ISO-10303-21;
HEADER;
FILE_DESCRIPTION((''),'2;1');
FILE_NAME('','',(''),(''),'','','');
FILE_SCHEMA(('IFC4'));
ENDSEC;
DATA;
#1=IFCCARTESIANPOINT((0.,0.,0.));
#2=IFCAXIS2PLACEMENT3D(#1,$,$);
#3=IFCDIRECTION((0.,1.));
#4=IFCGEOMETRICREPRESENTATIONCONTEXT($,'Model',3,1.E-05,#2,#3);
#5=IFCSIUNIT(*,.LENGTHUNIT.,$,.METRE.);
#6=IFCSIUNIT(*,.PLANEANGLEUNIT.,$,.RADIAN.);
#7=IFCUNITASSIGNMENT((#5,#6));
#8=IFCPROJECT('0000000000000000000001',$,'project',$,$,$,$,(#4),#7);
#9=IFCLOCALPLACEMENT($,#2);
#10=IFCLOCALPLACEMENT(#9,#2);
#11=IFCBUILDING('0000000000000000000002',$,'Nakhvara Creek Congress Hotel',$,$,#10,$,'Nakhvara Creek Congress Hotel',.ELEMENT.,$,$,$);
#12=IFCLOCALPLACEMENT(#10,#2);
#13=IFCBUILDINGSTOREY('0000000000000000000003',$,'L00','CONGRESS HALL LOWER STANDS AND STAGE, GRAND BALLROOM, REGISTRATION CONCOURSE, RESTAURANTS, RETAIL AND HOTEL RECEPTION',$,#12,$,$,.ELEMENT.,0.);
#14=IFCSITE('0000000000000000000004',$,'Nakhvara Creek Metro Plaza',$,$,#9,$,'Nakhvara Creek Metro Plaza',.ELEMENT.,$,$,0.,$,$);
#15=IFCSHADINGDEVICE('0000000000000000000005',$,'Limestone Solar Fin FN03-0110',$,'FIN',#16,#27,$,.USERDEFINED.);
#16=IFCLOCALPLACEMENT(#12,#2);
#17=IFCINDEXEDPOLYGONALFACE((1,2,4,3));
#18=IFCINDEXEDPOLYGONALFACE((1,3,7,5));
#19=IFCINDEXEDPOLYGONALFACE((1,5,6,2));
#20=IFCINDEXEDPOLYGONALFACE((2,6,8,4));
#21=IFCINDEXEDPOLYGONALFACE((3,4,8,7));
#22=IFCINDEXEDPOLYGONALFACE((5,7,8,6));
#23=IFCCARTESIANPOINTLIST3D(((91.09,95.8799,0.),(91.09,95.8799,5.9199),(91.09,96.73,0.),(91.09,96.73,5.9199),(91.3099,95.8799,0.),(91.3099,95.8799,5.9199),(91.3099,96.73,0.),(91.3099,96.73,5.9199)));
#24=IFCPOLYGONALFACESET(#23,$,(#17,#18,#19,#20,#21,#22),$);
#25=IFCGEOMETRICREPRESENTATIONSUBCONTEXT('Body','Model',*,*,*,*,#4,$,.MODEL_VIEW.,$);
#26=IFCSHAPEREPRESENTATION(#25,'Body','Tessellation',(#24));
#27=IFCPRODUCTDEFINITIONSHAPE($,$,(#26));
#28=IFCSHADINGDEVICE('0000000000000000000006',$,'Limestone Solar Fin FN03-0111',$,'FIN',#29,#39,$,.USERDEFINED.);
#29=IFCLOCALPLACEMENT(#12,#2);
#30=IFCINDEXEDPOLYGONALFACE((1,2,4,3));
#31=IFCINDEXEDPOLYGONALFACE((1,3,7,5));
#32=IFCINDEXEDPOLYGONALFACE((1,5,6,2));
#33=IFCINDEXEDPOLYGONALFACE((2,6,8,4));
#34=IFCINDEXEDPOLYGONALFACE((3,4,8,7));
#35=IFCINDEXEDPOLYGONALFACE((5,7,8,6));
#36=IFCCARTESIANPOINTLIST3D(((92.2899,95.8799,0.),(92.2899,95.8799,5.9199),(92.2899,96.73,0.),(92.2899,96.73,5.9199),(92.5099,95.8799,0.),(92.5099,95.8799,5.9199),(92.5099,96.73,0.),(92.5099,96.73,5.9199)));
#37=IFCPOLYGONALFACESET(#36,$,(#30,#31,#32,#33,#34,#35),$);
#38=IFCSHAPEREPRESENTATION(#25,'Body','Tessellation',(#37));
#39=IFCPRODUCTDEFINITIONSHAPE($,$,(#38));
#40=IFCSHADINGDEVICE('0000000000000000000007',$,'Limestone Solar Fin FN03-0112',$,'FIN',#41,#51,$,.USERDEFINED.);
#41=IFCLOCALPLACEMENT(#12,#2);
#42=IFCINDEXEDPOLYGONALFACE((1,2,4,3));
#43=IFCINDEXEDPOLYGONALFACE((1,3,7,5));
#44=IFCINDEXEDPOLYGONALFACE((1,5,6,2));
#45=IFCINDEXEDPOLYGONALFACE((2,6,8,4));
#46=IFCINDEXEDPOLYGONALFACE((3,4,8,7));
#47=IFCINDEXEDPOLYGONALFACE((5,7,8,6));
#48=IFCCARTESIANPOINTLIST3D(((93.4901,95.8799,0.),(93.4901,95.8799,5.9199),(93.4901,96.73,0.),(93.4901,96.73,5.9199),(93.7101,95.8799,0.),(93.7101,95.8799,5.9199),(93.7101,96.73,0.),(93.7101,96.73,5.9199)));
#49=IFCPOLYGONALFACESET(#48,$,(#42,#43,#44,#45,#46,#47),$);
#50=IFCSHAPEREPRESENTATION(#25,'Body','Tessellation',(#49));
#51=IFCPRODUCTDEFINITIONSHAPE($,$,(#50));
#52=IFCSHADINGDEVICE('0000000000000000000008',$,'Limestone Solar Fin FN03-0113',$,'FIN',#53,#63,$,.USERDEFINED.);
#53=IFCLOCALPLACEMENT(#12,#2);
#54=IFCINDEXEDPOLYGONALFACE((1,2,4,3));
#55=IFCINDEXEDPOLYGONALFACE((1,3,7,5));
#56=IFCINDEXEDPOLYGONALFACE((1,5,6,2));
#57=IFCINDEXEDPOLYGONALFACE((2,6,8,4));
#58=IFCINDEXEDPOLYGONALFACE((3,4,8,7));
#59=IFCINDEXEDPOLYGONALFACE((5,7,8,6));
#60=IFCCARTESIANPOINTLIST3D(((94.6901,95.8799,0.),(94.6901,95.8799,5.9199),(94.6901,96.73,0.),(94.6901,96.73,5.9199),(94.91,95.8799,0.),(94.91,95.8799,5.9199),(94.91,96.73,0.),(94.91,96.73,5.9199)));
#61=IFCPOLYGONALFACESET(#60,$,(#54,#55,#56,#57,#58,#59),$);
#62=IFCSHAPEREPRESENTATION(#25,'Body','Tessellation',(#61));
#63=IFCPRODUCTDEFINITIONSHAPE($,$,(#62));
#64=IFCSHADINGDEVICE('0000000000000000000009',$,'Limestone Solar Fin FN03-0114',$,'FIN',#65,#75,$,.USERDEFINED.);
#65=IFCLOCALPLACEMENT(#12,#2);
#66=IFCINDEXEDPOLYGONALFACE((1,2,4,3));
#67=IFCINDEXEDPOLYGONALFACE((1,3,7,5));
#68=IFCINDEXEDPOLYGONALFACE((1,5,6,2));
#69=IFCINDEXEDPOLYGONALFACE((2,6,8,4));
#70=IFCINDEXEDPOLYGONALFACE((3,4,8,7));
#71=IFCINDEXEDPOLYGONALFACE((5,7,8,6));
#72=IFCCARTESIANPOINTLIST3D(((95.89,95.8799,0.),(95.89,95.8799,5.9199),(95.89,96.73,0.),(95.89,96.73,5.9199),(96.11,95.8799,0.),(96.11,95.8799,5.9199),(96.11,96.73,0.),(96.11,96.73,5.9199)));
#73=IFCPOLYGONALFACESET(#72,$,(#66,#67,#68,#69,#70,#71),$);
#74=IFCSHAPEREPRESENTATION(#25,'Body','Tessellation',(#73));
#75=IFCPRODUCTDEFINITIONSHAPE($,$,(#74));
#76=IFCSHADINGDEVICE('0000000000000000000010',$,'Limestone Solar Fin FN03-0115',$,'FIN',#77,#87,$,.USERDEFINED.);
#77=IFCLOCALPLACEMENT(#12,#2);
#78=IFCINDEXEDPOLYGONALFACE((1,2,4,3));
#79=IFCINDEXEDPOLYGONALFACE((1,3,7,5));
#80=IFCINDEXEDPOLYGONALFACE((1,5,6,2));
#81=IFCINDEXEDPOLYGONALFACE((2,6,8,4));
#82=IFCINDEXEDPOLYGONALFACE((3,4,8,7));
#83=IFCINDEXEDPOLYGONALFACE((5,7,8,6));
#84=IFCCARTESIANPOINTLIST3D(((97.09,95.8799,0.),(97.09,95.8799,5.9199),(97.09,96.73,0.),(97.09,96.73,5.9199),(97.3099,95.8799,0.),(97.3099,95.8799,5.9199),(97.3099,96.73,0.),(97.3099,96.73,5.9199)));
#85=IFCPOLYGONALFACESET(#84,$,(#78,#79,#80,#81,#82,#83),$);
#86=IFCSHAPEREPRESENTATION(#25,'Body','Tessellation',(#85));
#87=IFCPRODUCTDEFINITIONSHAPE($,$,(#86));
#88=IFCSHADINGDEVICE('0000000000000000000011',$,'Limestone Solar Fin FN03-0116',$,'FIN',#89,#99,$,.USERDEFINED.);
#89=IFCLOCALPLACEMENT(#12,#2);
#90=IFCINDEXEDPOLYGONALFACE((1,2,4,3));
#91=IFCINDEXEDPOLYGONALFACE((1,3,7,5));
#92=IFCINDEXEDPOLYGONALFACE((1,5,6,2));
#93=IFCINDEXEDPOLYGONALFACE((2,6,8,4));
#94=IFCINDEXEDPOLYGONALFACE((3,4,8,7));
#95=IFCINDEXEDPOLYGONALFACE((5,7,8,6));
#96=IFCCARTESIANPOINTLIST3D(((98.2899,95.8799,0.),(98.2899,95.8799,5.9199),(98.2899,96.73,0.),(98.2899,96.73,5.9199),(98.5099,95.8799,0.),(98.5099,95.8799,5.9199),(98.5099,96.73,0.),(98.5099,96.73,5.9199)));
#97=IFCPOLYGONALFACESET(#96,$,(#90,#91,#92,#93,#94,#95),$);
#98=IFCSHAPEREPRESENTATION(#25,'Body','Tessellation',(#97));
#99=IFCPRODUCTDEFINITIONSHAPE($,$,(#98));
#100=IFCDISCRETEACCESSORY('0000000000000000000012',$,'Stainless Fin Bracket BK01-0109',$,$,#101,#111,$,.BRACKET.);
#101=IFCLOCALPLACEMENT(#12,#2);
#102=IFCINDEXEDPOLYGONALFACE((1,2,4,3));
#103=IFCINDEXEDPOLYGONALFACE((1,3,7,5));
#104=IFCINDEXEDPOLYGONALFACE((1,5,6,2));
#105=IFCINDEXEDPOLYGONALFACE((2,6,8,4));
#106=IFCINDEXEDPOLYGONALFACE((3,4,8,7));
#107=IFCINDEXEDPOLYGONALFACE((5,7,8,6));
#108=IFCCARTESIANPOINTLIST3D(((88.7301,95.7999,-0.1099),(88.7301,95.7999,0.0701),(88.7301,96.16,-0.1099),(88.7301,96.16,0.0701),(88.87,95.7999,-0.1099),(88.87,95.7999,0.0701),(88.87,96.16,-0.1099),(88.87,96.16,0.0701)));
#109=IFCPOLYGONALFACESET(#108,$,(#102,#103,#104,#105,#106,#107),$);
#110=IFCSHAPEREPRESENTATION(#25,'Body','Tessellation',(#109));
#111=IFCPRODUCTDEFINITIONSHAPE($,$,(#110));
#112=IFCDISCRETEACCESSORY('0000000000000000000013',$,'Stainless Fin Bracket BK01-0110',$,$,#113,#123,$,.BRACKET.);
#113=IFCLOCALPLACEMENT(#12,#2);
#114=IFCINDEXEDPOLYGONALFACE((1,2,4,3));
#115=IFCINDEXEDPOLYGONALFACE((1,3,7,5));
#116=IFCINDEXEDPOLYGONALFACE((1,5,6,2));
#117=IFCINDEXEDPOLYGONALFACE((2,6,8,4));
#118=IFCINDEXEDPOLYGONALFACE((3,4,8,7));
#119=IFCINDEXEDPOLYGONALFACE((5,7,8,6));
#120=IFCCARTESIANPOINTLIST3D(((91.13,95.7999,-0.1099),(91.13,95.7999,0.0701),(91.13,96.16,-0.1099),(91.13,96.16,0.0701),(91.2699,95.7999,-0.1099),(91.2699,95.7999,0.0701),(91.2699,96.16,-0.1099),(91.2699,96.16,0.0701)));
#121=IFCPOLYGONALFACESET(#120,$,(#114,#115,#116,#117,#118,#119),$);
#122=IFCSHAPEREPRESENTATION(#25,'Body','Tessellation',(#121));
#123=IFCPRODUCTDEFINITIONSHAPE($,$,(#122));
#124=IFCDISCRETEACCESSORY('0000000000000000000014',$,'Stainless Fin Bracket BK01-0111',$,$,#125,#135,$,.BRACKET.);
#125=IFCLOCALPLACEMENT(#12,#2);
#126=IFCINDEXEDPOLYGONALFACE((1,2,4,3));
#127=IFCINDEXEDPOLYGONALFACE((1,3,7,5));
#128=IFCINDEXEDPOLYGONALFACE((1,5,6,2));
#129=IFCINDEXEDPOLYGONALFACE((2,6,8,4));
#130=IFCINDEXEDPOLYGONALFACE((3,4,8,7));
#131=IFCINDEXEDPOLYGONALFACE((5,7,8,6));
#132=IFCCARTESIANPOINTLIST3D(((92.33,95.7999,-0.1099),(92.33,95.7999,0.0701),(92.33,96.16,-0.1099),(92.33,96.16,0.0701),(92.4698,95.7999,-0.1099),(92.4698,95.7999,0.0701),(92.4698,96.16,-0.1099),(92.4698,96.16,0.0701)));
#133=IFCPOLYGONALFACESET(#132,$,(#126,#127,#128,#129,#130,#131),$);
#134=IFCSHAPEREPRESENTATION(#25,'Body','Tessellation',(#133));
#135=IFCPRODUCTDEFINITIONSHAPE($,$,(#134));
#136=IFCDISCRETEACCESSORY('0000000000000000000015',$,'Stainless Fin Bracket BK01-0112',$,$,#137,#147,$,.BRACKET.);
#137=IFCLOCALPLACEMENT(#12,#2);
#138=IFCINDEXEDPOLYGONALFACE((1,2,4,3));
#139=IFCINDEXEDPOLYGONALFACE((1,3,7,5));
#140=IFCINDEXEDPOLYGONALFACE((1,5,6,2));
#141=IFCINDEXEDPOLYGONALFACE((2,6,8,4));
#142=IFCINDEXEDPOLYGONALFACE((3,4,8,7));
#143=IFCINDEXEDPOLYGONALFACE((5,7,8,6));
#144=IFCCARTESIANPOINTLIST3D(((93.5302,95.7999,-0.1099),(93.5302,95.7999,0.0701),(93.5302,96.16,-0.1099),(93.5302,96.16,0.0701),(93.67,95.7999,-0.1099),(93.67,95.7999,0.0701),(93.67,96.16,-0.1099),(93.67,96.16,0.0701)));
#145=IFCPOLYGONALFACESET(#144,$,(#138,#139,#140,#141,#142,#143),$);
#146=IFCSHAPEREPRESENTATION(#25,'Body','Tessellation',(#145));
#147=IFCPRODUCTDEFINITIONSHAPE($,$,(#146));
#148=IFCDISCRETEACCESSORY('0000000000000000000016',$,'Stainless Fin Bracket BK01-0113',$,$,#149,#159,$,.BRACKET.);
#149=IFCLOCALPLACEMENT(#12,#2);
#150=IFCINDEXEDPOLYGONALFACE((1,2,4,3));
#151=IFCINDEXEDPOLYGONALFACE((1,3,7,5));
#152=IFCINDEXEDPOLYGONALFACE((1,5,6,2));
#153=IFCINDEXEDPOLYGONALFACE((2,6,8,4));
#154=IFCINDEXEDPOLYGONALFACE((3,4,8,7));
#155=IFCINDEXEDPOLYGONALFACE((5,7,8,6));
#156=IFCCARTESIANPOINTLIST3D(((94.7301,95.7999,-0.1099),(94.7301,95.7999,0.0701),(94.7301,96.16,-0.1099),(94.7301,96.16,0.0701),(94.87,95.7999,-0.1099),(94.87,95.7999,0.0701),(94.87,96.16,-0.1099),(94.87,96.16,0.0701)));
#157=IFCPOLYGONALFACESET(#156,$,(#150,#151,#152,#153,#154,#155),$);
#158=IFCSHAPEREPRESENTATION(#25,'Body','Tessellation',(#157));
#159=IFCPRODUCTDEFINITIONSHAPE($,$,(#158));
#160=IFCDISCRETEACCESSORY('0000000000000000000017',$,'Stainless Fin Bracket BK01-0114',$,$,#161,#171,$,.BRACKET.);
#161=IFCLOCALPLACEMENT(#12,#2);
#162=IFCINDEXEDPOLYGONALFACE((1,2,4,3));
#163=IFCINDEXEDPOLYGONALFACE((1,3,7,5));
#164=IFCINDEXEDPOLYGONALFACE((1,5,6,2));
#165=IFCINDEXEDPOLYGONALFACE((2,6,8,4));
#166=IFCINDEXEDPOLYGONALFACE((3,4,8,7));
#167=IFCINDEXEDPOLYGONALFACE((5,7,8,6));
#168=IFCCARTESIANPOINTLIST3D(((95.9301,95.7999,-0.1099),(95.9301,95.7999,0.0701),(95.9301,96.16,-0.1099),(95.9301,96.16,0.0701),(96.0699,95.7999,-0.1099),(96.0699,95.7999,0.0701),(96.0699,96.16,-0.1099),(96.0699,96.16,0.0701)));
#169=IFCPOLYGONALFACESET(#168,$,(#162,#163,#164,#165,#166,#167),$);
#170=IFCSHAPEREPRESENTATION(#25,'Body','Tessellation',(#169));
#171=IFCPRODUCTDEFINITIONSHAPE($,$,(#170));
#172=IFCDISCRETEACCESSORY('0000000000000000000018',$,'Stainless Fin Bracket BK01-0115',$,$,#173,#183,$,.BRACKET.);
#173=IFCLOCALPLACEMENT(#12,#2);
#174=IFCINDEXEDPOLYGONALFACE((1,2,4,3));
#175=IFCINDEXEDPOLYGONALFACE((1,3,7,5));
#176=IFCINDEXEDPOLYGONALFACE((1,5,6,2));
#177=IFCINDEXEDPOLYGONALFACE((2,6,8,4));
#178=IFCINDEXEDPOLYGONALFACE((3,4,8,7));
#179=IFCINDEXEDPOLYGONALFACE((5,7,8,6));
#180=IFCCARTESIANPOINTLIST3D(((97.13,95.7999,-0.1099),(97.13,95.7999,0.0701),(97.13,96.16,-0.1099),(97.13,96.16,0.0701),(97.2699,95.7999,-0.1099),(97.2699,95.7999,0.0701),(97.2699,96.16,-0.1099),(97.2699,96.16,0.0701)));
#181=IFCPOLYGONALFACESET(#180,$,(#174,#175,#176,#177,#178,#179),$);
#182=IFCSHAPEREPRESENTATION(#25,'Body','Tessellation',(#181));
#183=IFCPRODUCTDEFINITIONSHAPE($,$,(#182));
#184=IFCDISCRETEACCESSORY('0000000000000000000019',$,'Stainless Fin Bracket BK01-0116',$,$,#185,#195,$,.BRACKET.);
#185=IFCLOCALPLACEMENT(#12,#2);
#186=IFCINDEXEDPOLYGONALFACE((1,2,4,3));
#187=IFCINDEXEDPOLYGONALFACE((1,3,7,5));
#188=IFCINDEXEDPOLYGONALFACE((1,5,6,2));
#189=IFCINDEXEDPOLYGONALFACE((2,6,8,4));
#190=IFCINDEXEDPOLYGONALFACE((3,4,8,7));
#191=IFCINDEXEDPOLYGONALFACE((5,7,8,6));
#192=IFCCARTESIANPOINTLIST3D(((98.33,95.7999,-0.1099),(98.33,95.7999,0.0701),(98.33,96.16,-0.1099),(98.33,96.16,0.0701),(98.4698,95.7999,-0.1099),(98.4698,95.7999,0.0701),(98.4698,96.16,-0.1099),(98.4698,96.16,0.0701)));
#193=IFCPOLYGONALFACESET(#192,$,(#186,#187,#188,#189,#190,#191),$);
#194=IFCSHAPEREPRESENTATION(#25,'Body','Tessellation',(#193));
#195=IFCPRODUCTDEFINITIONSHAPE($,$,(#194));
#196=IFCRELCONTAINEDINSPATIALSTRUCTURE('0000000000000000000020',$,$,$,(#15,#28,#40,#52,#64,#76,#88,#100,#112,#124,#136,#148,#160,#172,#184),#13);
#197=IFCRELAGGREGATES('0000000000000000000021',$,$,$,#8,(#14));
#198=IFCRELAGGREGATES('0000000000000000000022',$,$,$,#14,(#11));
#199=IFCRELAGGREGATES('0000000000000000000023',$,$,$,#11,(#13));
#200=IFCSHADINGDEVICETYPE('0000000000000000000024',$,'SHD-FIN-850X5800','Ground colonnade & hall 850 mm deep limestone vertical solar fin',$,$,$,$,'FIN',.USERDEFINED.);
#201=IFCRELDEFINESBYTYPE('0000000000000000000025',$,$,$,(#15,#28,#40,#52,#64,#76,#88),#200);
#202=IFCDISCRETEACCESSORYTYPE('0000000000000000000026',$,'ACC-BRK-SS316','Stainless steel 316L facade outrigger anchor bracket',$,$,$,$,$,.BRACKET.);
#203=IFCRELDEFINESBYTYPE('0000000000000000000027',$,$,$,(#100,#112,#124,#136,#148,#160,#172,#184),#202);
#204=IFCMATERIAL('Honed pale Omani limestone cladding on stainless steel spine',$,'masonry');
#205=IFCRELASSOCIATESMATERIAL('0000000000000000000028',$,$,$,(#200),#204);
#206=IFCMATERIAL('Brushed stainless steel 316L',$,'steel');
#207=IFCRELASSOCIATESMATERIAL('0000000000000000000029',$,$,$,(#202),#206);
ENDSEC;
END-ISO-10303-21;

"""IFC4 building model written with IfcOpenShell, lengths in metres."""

from ifc_helpers import new_model, si_unit, direction, frame, origin, origin_2d, place, context, subcontext, project, spatial, rectangle, extrude, material, type_object, element, save


model = new_model("IFC4")

# Units and contexts
model_context = context("Model", 3, precision=1e-05, world=origin(), true_north=direction((0.0, 1.0)))
body_context = subcontext(model_context, "Body", "Model", "MODEL_VIEW")
ifc_project = project(units=[si_unit("LENGTHUNIT", "METRE"), si_unit("PLANEANGLEUNIT", "RADIAN")], contexts=[model_context])

# Site, building, storey
site_placement = place(None, origin())
site = spatial("IfcSite", under=ifc_project, at=site_placement, Name="Nakhvara Creek Metro Plaza", LongName="Nakhvara Creek Metro Plaza", CompositionType="ELEMENT", RefElevation=0.0)
building_placement = place(site_placement, origin())
building = spatial("IfcBuilding", under=site, at=building_placement, Name="Nakhvara Creek Congress Hotel", LongName="Nakhvara Creek Congress Hotel", CompositionType="ELEMENT")
storey_placement = place(building_placement, origin())
storey = spatial("IfcBuildingStorey", under=building, at=storey_placement, Name="L00", Description="CONGRESS HALL LOWER STANDS AND STAGE, GRAND BALLROOM, REGISTRATION CONCOURSE, RESTAURANTS, RETAIL AND HOTEL RECEPTION", CompositionType="ELEMENT", Elevation=0.0)

# Shading devices
ifc_material_1 = material(Name="Honed pale Omani limestone cladding on stainless steel spine", Category="masonry")
shading_device_type = type_object("IfcShadingDeviceType", Name="SHD-FIN-850X5800", Description="Ground colonnade & hall 850 mm deep limestone vertical solar fin", ElementType="FIN", PredefinedType="USERDEFINED", material=ifc_material_1)
for number, where, z_axis, x_axis, name in (
    (1, (91.2, 96.3049, 0.0), (0.0, 0.0, 1.0), (1.0, 0.0, 0.0), "Limestone Solar Fin FN03-0110"),
    (2, (92.3999, 96.3049, 0.0), (0.0, 0.0, 1.0), (1.0, 0.0, 0.0), "Limestone Solar Fin FN03-0111"),
    (3, (93.6001, 96.3049, 0.0), (0.0, 0.0, 1.0), (1.0, 0.0, 0.0), "Limestone Solar Fin FN03-0112"),
    (4, (94.8, 96.3049, 0.0), (0.0, 0.0, 1.0), (1.0, 0.0, 0.0), "Limestone Solar Fin FN03-0113"),
    (5, (96.0, 96.3049, 0.0), (0.0, 0.0, 1.0), (1.0, 0.0, 0.0), "Limestone Solar Fin FN03-0114"),
    (6, (97.2, 96.3049, 0.0), (0.0, 0.0, 1.0), (1.0, 0.0, 0.0), "Limestone Solar Fin FN03-0115"),
    (7, (98.3999, 96.3049, 0.0), (0.0, 0.0, 1.0), (1.0, 0.0, 0.0), "Limestone Solar Fin FN03-0116"),
):
    element("IfcShadingDevice", number, at=place(storey_placement, frame(where, z_axis=z_axis, x_axis=x_axis)), inside=storey, type_object=shading_device_type, Name=name, ObjectType="FIN", PredefinedType="USERDEFINED", context=body_context, shape_type="SweptSolid", body=[
        extrude(rectangle(XDim=0.22, YDim=0.8501, at=origin_2d()), origin(), (0.0, 0.0, 1.0), 5.9199),
    ])

# Discrete accessories
ifc_material_2 = material(Name="Brushed stainless steel 316L", Category="steel")
discrete_accessory_type = type_object("IfcDiscreteAccessoryType", Name="ACC-BRK-SS316", Description="Stainless steel 316L facade outrigger anchor bracket", PredefinedType="BRACKET", material=ifc_material_2)
for number, where, z_axis, x_axis, name in (
    (8, (88.8, 95.98, -0.1099), (0.0, 0.0, 1.0), (1.0, 0.0, 0.0), "Stainless Fin Bracket BK01-0109"),
    (9, (91.2, 95.98, -0.1099), (0.0, 0.0, 1.0), (1.0, 0.0, 0.0), "Stainless Fin Bracket BK01-0110"),
    (10, (92.3999, 95.98, -0.1099), (0.0, 0.0, 1.0), (1.0, 0.0, 0.0), "Stainless Fin Bracket BK01-0111"),
    (11, (93.6001, 95.98, -0.1099), (0.0, 0.0, 1.0), (1.0, 0.0, 0.0), "Stainless Fin Bracket BK01-0112"),
    (12, (94.8, 95.98, -0.1099), (0.0, 0.0, 1.0), (1.0, 0.0, 0.0), "Stainless Fin Bracket BK01-0113"),
    (13, (96.0, 95.98, -0.1099), (0.0, 0.0, 1.0), (1.0, 0.0, 0.0), "Stainless Fin Bracket BK01-0114"),
    (14, (97.2, 95.98, -0.1099), (0.0, 0.0, 1.0), (1.0, 0.0, 0.0), "Stainless Fin Bracket BK01-0115"),
    (15, (98.3999, 95.98, -0.1099), (0.0, 0.0, 1.0), (1.0, 0.0, 0.0), "Stainless Fin Bracket BK01-0116"),
):
    element("IfcDiscreteAccessory", number, at=place(storey_placement, frame(where, z_axis=z_axis, x_axis=x_axis)), inside=storey, type_object=discrete_accessory_type, Name=name, PredefinedType="BRACKET", context=body_context, shape_type="SweptSolid", body=[
        extrude(rectangle(XDim=0.1399, YDim=0.3601, at=origin_2d()), origin(), (0.0, 0.0, 1.0), 0.1799),
    ])

save(model, "model.ifc")
